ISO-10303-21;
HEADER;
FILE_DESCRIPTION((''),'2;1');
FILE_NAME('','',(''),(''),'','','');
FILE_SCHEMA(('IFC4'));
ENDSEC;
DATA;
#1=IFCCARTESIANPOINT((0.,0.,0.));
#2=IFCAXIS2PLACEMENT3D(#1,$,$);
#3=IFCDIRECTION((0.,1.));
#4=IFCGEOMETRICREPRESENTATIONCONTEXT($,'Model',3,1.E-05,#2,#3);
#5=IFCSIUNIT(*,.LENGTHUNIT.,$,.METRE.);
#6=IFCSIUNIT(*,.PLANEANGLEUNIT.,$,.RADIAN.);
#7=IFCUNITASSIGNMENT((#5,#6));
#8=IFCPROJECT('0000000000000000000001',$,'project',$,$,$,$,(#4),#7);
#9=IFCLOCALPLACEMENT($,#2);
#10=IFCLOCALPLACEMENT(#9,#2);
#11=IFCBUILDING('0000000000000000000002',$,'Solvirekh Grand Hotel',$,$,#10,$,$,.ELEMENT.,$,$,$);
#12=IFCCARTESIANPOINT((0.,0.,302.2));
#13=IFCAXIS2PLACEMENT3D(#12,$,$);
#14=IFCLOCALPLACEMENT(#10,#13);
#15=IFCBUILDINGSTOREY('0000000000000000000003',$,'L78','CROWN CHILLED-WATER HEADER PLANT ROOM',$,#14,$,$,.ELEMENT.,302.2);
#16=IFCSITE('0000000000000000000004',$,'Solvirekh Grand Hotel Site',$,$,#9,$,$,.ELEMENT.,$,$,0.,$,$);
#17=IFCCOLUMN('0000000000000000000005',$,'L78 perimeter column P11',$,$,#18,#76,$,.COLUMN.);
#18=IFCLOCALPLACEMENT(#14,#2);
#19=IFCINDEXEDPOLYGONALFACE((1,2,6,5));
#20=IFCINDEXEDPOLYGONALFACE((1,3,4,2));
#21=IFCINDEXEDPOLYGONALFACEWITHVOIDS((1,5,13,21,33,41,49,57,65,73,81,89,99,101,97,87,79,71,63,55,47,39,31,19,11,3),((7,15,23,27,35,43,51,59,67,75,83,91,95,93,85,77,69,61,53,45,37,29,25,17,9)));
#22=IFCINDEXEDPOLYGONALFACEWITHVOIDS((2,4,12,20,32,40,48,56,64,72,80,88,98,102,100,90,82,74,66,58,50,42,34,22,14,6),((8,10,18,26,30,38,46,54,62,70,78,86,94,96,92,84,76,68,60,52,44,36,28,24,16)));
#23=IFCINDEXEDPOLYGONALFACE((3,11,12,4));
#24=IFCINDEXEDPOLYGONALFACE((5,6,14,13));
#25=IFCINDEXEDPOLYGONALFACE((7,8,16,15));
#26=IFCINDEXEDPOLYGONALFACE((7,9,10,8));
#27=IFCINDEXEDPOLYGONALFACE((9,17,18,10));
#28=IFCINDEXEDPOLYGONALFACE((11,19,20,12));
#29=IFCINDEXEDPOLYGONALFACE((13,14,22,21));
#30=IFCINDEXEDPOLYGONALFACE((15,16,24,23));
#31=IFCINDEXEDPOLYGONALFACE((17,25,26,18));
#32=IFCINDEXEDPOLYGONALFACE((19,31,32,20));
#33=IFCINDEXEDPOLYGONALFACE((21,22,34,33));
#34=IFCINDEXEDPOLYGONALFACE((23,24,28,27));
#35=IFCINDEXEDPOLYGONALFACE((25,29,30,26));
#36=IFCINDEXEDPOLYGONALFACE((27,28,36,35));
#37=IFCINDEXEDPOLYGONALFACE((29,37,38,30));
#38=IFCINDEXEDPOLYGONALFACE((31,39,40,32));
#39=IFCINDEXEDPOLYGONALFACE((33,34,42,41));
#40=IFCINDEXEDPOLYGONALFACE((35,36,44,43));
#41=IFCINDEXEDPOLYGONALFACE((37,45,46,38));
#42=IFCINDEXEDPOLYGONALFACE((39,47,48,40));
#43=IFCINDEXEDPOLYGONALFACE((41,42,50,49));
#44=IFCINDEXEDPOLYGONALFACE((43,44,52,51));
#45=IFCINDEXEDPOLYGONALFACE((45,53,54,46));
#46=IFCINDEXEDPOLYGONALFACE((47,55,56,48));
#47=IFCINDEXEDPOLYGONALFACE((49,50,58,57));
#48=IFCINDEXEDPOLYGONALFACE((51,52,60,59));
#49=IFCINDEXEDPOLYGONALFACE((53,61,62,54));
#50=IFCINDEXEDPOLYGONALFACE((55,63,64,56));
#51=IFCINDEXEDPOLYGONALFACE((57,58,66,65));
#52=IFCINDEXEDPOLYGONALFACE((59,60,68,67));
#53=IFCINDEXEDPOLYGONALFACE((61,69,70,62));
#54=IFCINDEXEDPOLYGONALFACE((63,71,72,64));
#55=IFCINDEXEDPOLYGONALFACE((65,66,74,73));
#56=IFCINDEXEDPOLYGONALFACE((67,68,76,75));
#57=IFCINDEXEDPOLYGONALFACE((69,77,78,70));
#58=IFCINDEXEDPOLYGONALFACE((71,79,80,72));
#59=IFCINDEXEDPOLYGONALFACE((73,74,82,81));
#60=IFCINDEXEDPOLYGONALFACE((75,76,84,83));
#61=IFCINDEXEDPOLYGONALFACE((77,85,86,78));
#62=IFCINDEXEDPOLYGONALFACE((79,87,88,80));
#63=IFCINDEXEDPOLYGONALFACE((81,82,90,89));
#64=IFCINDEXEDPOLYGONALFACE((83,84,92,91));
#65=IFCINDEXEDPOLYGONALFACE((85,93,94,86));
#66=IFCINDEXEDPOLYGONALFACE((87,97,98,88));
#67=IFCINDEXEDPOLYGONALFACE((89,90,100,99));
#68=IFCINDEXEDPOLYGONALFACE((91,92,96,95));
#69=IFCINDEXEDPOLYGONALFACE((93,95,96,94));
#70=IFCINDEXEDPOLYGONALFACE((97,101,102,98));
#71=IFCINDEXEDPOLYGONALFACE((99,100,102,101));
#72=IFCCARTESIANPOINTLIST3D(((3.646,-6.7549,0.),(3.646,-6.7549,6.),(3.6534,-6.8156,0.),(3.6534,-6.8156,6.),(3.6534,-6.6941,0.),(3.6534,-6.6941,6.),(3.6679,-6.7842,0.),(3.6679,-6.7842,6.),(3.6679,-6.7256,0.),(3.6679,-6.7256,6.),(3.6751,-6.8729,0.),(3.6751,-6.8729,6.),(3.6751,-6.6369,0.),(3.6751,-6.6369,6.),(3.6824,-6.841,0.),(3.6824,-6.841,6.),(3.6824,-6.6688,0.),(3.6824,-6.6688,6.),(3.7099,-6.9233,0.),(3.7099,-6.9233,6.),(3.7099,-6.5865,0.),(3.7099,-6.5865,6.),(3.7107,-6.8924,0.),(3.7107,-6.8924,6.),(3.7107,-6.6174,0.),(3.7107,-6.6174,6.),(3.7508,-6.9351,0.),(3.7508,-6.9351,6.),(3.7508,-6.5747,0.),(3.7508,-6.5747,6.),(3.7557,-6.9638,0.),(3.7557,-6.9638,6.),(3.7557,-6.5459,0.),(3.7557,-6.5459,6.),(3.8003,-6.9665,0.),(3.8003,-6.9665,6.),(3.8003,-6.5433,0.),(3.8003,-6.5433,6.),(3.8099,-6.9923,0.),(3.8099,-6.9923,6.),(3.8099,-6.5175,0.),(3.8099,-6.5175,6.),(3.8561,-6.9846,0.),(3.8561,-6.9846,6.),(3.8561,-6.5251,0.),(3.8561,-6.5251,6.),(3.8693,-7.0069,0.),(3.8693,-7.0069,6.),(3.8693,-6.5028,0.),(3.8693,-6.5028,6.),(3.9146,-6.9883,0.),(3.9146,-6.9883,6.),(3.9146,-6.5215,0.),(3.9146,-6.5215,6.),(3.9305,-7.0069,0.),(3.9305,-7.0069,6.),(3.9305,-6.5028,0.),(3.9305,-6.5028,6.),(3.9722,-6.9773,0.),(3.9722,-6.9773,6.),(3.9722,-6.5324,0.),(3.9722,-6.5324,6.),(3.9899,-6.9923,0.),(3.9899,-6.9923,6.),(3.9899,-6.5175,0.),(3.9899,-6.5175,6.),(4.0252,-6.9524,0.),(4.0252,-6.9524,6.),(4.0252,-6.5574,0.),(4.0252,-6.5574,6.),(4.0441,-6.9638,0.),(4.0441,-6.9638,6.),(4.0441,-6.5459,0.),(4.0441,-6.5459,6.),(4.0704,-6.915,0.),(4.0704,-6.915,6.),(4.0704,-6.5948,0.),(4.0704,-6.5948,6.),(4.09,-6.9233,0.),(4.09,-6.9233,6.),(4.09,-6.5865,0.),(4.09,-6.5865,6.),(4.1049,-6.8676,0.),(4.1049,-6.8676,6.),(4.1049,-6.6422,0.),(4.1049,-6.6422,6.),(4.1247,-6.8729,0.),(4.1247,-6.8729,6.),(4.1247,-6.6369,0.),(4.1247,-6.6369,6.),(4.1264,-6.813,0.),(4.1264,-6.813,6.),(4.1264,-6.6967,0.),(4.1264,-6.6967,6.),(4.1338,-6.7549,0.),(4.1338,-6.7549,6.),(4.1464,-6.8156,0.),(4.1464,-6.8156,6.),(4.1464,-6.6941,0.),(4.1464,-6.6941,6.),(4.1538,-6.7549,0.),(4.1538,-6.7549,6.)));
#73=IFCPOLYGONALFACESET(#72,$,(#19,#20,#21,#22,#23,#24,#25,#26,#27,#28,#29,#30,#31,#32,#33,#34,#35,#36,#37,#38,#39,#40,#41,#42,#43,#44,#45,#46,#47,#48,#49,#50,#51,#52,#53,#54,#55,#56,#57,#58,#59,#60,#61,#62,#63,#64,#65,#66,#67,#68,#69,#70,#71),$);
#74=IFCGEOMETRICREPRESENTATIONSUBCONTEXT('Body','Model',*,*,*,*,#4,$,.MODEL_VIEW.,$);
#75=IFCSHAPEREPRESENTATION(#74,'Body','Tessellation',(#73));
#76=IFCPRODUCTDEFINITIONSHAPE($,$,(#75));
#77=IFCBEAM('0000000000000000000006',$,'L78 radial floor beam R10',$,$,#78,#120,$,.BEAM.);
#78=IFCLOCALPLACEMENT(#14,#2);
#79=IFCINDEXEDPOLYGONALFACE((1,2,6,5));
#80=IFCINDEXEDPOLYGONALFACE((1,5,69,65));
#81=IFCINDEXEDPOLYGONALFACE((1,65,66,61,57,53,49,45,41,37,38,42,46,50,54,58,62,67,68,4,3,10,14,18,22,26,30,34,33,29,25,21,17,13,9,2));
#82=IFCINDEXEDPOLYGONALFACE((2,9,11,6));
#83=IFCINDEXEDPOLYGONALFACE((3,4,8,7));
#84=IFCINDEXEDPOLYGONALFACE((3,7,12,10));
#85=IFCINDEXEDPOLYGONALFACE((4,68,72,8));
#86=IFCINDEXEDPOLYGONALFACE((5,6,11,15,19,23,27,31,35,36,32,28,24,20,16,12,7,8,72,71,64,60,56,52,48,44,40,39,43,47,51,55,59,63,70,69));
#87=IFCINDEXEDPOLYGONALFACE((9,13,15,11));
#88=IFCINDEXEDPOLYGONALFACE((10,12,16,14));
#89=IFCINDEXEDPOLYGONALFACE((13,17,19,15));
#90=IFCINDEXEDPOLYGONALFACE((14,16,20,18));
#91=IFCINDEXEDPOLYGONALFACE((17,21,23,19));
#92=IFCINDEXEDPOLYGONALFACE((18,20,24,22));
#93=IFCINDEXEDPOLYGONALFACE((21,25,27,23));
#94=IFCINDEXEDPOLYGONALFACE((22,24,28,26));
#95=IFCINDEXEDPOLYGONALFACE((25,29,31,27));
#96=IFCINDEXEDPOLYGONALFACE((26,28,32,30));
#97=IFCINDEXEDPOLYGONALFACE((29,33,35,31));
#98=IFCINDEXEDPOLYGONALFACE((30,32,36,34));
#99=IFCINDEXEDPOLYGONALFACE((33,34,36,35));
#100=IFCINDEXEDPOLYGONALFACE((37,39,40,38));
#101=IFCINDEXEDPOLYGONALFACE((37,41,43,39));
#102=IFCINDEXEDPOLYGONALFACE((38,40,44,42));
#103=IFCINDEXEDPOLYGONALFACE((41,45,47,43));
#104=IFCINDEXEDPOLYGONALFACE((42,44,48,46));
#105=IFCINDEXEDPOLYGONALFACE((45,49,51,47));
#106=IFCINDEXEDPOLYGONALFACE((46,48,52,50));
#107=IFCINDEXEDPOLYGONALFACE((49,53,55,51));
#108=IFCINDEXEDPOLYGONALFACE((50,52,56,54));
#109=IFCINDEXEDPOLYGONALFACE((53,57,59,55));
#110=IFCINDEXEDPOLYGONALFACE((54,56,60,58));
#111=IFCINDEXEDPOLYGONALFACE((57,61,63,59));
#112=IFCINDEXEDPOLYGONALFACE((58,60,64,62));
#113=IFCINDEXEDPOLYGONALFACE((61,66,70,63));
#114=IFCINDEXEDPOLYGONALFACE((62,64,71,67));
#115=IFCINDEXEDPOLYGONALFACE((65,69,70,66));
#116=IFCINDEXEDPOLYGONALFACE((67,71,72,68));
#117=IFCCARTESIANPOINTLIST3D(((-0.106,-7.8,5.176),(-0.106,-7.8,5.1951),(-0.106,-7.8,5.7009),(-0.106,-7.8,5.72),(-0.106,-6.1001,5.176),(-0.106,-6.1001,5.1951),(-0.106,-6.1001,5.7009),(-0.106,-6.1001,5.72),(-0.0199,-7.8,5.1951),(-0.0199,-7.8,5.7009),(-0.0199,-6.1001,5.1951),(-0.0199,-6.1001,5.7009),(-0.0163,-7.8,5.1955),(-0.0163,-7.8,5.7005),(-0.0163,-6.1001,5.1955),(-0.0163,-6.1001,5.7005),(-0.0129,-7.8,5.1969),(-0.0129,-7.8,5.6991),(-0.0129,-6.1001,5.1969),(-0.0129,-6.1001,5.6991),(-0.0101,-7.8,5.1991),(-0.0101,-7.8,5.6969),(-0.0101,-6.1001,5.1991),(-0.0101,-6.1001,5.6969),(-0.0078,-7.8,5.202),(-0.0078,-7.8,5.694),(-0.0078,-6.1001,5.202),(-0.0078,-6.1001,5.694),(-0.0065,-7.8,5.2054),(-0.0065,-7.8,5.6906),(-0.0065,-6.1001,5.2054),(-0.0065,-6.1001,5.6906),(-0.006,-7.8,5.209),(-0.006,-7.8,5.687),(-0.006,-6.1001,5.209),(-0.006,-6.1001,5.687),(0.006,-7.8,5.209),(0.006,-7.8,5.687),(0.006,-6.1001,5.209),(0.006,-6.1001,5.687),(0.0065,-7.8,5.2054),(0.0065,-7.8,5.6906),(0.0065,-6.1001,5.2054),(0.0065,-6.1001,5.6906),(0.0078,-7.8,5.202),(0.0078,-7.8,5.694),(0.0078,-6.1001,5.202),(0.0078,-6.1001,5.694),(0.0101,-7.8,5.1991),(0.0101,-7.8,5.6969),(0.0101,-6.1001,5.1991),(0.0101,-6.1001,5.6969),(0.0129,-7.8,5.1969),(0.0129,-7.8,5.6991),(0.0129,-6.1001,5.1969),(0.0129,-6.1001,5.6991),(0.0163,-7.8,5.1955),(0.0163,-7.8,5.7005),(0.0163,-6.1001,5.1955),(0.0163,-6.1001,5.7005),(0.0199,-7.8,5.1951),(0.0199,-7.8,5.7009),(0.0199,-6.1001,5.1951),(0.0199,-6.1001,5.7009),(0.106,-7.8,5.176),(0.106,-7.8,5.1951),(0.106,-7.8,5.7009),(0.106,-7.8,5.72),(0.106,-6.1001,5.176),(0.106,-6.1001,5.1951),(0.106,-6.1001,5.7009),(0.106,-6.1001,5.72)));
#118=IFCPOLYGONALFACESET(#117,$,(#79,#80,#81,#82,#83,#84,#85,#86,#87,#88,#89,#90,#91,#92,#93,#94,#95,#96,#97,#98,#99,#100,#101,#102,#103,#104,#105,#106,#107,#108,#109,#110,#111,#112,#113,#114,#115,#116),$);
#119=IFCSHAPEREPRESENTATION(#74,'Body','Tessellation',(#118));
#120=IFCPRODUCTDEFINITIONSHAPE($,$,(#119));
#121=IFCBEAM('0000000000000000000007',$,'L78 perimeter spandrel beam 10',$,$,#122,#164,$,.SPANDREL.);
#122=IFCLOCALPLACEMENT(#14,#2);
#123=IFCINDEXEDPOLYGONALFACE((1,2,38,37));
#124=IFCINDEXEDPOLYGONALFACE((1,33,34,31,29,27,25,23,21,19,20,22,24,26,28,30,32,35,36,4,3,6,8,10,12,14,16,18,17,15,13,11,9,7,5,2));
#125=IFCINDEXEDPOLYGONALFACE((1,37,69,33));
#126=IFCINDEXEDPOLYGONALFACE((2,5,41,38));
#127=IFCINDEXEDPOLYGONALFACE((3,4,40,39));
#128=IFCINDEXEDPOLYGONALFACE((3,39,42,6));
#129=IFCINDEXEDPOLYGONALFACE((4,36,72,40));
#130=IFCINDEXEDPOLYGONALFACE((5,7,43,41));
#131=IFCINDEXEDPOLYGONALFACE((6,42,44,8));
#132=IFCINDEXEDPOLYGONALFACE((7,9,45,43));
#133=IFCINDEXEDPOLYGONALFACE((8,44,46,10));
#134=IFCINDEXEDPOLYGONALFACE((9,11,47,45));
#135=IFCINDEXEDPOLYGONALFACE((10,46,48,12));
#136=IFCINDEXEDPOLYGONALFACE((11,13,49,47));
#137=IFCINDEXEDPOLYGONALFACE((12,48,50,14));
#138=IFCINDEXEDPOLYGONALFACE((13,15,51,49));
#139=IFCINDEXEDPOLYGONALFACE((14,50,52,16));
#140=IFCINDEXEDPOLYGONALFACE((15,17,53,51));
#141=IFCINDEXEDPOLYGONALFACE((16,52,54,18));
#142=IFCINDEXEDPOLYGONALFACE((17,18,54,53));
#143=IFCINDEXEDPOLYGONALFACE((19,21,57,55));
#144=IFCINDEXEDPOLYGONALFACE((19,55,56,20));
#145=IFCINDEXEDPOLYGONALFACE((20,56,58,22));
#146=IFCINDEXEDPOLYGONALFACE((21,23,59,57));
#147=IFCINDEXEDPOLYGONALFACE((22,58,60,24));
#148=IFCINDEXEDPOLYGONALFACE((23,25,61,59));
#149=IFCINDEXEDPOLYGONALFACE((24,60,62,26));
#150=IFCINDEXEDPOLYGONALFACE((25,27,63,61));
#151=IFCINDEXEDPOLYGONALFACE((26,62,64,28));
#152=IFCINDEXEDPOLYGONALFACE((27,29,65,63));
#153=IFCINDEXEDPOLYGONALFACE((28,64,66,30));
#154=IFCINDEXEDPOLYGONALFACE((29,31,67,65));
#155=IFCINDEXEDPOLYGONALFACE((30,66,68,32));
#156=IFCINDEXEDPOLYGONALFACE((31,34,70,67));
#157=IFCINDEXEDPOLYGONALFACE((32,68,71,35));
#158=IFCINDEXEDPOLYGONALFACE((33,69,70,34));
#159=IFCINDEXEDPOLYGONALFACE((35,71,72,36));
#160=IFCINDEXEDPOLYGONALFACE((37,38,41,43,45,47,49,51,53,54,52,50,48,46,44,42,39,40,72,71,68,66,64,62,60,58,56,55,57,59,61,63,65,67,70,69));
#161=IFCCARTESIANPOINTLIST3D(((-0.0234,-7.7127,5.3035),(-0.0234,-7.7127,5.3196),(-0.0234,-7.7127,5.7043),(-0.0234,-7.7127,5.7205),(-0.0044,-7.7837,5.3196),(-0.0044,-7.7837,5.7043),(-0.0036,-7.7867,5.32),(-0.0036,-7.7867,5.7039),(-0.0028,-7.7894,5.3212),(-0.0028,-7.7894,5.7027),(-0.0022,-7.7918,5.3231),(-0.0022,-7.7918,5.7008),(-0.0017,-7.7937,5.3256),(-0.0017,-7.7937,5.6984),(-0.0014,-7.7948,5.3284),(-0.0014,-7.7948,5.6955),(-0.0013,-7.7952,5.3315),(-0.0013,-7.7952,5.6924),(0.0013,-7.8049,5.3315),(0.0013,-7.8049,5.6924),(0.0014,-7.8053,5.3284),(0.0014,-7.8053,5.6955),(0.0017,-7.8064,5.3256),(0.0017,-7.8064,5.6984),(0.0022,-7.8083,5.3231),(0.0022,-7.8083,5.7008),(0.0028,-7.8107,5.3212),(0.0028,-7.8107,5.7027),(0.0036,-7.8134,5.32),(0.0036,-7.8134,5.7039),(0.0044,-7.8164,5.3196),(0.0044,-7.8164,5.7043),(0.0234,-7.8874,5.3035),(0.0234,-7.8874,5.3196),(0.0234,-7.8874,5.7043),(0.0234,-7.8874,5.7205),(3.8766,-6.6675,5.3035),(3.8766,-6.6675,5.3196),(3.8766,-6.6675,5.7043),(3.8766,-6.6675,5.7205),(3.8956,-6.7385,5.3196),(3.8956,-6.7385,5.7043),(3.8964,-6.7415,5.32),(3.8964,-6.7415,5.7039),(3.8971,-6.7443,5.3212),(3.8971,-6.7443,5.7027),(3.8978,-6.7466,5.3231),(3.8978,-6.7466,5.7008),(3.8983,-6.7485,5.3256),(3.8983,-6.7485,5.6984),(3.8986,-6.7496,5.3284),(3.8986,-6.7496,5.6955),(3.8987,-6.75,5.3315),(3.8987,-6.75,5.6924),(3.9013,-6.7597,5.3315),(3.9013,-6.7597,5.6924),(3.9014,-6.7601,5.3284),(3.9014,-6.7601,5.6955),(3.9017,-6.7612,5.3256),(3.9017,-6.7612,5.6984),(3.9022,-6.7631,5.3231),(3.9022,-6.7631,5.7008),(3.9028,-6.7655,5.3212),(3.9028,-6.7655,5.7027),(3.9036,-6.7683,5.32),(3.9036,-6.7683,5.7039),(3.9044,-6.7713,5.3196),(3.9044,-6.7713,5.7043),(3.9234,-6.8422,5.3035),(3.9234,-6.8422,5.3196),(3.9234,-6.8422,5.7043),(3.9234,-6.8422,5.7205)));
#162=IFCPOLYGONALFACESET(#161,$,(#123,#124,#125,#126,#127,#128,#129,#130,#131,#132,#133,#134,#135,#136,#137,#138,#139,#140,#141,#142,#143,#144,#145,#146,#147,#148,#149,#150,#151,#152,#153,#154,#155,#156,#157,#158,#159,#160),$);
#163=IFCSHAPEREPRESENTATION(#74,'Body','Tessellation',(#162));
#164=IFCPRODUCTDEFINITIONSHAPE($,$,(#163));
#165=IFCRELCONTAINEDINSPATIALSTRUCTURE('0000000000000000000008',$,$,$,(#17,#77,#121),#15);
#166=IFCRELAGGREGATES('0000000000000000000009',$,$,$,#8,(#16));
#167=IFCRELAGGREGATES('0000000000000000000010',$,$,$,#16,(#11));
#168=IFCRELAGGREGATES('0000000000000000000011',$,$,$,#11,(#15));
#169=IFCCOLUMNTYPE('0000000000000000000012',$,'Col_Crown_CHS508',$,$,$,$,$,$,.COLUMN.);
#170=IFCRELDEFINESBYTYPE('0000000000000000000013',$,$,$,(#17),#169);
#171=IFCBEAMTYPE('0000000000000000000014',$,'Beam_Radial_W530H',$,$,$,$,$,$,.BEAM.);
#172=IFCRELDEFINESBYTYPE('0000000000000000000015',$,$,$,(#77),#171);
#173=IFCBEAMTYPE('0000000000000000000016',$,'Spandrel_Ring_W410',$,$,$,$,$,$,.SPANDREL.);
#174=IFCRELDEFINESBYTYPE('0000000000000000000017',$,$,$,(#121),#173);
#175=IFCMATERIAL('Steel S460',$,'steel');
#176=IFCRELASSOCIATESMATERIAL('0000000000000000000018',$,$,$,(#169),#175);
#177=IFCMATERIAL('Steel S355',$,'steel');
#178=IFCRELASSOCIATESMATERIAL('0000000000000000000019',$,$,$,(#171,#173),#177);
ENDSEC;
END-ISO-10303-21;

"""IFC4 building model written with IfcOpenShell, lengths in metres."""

from ifc_helpers import new_model, si_unit, direction, frame, origin, origin_2d, place, context, subcontext, project, spatial, hollow_circle, i_section, extrude, material, material_profile, profile_set, type_object, element, save


model = new_model("IFC4")

# Units and contexts
model_context = context("Model", 3, precision=1e-05, world=origin(), true_north=direction((0.0, 1.0)))
body_context = subcontext(model_context, "Body", "Model", "MODEL_VIEW")
ifc_project = project(units=[si_unit("LENGTHUNIT", "METRE"), si_unit("PLANEANGLEUNIT", "RADIAN")], contexts=[model_context])

# Site, building, storey
site_placement = place(None, origin())
site = spatial("IfcSite", under=ifc_project, at=site_placement, Name="Solvirekh Grand Hotel Site", CompositionType="ELEMENT", RefElevation=0.0)
building_placement = place(site_placement, origin())
building = spatial("IfcBuilding", under=site, at=building_placement, Name="Solvirekh Grand Hotel", CompositionType="ELEMENT")
storey_placement = place(building_placement, frame((0.0, 0.0, 302.2)))
storey = spatial("IfcBuildingStorey", under=building, at=storey_placement, Name="L78", Description="CROWN CHILLED-WATER HEADER PLANT ROOM", CompositionType="ELEMENT", Elevation=302.2)

# Column
ifc_material_1 = material(Name="Steel S460", Category="steel")
ifc_material_profile_1 = material_profile(ifc_material_1, hollow_circle(Radius=0.2539, WallThickness=0.02, at=origin_2d()), Name="CHS 508X20")
ifc_profile_set_1 = profile_set([ifc_material_profile_1], Name="Steel S460")
column_type = type_object("IfcColumnType", Name="Col_Crown_CHS508", PredefinedType="COLUMN", material=ifc_profile_set_1)
column_placement = place(storey_placement, frame((3.8999, -6.7549, 0.0), z_axis=(0.0, 0.0, 1.0), x_axis=(1.0, 0.0, 0.0)))
element("IfcColumn", 1, at=column_placement, inside=storey, type_object=column_type, Name="L78 perimeter column P11", PredefinedType="COLUMN", context=body_context, shape_type="SweptSolid", body=[
    extrude(hollow_circle(Radius=0.2539, WallThickness=0.02, at=origin_2d()), origin(), (0.0, 0.0, 1.0), 6.0),
])

# Beams
ifc_material_2 = material(Name="Steel S355", Category="steel")
ifc_material_profile_2 = material_profile(ifc_material_2, i_section(OverallWidth=0.2119, OverallDepth=0.5439, WebThickness=0.012, FlangeThickness=0.019, FilletRadius=0.0139, at=origin_2d()), Name="W530X123")
ifc_profile_set_2 = profile_set([ifc_material_profile_2], Name="Steel S355")
beam_type_1 = type_object("IfcBeamType", Name="Beam_Radial_W530H", PredefinedType="BEAM", material=ifc_profile_set_2)
beam_placement = place(storey_placement, frame((0.0, -6.1001, 5.448), z_axis=(0.0, -1.0, 0.0), x_axis=(1.0, 0.0, 0.0)))
element("IfcBeam", 2, at=beam_placement, inside=storey, type_object=beam_type_1, Name="L78 radial floor beam R10", PredefinedType="BEAM", context=body_context, shape_type="SweptSolid", body=[
    extrude(i_section(OverallWidth=0.2119, OverallDepth=0.5439, WebThickness=0.012, FlangeThickness=0.019, FilletRadius=0.0139, at=origin_2d()), origin(), (0.0, 0.0, 1.0), 1.7),
])
ifc_material_profile_3 = material_profile(ifc_material_2, i_section(OverallWidth=0.1809, OverallDepth=0.417, WebThickness=0.01, FlangeThickness=0.0161, FilletRadius=0.012, at=origin_2d()), Name="W410X85")
ifc_profile_set_3 = profile_set([ifc_material_profile_3], Name="Steel S355")
beam_type_2 = type_object("IfcBeamType", Name="Spandrel_Ring_W410", PredefinedType="SPANDREL", material=ifc_profile_set_3)
for number, where, z_axis, x_axis, name in (
    (3, (0.0, -7.8, 5.512), (0.965914, 0.258863, 0.0), (-0.258863, 0.965914, 0.0), "L78 perimeter spandrel beam 10"),
):
    element("IfcBeam", number, at=place(storey_placement, frame(where, z_axis=z_axis, x_axis=x_axis)), inside=storey, type_object=beam_type_2, Name=name, PredefinedType="SPANDREL", context=body_context, shape_type="SweptSolid", body=[
        extrude(i_section(OverallWidth=0.1809, OverallDepth=0.417, WebThickness=0.01, FlangeThickness=0.0161, FilletRadius=0.012, at=origin_2d()), origin(), (0.0, 0.0, 1.0), 4.0376),
    ])

save(model, "model.ifc")
